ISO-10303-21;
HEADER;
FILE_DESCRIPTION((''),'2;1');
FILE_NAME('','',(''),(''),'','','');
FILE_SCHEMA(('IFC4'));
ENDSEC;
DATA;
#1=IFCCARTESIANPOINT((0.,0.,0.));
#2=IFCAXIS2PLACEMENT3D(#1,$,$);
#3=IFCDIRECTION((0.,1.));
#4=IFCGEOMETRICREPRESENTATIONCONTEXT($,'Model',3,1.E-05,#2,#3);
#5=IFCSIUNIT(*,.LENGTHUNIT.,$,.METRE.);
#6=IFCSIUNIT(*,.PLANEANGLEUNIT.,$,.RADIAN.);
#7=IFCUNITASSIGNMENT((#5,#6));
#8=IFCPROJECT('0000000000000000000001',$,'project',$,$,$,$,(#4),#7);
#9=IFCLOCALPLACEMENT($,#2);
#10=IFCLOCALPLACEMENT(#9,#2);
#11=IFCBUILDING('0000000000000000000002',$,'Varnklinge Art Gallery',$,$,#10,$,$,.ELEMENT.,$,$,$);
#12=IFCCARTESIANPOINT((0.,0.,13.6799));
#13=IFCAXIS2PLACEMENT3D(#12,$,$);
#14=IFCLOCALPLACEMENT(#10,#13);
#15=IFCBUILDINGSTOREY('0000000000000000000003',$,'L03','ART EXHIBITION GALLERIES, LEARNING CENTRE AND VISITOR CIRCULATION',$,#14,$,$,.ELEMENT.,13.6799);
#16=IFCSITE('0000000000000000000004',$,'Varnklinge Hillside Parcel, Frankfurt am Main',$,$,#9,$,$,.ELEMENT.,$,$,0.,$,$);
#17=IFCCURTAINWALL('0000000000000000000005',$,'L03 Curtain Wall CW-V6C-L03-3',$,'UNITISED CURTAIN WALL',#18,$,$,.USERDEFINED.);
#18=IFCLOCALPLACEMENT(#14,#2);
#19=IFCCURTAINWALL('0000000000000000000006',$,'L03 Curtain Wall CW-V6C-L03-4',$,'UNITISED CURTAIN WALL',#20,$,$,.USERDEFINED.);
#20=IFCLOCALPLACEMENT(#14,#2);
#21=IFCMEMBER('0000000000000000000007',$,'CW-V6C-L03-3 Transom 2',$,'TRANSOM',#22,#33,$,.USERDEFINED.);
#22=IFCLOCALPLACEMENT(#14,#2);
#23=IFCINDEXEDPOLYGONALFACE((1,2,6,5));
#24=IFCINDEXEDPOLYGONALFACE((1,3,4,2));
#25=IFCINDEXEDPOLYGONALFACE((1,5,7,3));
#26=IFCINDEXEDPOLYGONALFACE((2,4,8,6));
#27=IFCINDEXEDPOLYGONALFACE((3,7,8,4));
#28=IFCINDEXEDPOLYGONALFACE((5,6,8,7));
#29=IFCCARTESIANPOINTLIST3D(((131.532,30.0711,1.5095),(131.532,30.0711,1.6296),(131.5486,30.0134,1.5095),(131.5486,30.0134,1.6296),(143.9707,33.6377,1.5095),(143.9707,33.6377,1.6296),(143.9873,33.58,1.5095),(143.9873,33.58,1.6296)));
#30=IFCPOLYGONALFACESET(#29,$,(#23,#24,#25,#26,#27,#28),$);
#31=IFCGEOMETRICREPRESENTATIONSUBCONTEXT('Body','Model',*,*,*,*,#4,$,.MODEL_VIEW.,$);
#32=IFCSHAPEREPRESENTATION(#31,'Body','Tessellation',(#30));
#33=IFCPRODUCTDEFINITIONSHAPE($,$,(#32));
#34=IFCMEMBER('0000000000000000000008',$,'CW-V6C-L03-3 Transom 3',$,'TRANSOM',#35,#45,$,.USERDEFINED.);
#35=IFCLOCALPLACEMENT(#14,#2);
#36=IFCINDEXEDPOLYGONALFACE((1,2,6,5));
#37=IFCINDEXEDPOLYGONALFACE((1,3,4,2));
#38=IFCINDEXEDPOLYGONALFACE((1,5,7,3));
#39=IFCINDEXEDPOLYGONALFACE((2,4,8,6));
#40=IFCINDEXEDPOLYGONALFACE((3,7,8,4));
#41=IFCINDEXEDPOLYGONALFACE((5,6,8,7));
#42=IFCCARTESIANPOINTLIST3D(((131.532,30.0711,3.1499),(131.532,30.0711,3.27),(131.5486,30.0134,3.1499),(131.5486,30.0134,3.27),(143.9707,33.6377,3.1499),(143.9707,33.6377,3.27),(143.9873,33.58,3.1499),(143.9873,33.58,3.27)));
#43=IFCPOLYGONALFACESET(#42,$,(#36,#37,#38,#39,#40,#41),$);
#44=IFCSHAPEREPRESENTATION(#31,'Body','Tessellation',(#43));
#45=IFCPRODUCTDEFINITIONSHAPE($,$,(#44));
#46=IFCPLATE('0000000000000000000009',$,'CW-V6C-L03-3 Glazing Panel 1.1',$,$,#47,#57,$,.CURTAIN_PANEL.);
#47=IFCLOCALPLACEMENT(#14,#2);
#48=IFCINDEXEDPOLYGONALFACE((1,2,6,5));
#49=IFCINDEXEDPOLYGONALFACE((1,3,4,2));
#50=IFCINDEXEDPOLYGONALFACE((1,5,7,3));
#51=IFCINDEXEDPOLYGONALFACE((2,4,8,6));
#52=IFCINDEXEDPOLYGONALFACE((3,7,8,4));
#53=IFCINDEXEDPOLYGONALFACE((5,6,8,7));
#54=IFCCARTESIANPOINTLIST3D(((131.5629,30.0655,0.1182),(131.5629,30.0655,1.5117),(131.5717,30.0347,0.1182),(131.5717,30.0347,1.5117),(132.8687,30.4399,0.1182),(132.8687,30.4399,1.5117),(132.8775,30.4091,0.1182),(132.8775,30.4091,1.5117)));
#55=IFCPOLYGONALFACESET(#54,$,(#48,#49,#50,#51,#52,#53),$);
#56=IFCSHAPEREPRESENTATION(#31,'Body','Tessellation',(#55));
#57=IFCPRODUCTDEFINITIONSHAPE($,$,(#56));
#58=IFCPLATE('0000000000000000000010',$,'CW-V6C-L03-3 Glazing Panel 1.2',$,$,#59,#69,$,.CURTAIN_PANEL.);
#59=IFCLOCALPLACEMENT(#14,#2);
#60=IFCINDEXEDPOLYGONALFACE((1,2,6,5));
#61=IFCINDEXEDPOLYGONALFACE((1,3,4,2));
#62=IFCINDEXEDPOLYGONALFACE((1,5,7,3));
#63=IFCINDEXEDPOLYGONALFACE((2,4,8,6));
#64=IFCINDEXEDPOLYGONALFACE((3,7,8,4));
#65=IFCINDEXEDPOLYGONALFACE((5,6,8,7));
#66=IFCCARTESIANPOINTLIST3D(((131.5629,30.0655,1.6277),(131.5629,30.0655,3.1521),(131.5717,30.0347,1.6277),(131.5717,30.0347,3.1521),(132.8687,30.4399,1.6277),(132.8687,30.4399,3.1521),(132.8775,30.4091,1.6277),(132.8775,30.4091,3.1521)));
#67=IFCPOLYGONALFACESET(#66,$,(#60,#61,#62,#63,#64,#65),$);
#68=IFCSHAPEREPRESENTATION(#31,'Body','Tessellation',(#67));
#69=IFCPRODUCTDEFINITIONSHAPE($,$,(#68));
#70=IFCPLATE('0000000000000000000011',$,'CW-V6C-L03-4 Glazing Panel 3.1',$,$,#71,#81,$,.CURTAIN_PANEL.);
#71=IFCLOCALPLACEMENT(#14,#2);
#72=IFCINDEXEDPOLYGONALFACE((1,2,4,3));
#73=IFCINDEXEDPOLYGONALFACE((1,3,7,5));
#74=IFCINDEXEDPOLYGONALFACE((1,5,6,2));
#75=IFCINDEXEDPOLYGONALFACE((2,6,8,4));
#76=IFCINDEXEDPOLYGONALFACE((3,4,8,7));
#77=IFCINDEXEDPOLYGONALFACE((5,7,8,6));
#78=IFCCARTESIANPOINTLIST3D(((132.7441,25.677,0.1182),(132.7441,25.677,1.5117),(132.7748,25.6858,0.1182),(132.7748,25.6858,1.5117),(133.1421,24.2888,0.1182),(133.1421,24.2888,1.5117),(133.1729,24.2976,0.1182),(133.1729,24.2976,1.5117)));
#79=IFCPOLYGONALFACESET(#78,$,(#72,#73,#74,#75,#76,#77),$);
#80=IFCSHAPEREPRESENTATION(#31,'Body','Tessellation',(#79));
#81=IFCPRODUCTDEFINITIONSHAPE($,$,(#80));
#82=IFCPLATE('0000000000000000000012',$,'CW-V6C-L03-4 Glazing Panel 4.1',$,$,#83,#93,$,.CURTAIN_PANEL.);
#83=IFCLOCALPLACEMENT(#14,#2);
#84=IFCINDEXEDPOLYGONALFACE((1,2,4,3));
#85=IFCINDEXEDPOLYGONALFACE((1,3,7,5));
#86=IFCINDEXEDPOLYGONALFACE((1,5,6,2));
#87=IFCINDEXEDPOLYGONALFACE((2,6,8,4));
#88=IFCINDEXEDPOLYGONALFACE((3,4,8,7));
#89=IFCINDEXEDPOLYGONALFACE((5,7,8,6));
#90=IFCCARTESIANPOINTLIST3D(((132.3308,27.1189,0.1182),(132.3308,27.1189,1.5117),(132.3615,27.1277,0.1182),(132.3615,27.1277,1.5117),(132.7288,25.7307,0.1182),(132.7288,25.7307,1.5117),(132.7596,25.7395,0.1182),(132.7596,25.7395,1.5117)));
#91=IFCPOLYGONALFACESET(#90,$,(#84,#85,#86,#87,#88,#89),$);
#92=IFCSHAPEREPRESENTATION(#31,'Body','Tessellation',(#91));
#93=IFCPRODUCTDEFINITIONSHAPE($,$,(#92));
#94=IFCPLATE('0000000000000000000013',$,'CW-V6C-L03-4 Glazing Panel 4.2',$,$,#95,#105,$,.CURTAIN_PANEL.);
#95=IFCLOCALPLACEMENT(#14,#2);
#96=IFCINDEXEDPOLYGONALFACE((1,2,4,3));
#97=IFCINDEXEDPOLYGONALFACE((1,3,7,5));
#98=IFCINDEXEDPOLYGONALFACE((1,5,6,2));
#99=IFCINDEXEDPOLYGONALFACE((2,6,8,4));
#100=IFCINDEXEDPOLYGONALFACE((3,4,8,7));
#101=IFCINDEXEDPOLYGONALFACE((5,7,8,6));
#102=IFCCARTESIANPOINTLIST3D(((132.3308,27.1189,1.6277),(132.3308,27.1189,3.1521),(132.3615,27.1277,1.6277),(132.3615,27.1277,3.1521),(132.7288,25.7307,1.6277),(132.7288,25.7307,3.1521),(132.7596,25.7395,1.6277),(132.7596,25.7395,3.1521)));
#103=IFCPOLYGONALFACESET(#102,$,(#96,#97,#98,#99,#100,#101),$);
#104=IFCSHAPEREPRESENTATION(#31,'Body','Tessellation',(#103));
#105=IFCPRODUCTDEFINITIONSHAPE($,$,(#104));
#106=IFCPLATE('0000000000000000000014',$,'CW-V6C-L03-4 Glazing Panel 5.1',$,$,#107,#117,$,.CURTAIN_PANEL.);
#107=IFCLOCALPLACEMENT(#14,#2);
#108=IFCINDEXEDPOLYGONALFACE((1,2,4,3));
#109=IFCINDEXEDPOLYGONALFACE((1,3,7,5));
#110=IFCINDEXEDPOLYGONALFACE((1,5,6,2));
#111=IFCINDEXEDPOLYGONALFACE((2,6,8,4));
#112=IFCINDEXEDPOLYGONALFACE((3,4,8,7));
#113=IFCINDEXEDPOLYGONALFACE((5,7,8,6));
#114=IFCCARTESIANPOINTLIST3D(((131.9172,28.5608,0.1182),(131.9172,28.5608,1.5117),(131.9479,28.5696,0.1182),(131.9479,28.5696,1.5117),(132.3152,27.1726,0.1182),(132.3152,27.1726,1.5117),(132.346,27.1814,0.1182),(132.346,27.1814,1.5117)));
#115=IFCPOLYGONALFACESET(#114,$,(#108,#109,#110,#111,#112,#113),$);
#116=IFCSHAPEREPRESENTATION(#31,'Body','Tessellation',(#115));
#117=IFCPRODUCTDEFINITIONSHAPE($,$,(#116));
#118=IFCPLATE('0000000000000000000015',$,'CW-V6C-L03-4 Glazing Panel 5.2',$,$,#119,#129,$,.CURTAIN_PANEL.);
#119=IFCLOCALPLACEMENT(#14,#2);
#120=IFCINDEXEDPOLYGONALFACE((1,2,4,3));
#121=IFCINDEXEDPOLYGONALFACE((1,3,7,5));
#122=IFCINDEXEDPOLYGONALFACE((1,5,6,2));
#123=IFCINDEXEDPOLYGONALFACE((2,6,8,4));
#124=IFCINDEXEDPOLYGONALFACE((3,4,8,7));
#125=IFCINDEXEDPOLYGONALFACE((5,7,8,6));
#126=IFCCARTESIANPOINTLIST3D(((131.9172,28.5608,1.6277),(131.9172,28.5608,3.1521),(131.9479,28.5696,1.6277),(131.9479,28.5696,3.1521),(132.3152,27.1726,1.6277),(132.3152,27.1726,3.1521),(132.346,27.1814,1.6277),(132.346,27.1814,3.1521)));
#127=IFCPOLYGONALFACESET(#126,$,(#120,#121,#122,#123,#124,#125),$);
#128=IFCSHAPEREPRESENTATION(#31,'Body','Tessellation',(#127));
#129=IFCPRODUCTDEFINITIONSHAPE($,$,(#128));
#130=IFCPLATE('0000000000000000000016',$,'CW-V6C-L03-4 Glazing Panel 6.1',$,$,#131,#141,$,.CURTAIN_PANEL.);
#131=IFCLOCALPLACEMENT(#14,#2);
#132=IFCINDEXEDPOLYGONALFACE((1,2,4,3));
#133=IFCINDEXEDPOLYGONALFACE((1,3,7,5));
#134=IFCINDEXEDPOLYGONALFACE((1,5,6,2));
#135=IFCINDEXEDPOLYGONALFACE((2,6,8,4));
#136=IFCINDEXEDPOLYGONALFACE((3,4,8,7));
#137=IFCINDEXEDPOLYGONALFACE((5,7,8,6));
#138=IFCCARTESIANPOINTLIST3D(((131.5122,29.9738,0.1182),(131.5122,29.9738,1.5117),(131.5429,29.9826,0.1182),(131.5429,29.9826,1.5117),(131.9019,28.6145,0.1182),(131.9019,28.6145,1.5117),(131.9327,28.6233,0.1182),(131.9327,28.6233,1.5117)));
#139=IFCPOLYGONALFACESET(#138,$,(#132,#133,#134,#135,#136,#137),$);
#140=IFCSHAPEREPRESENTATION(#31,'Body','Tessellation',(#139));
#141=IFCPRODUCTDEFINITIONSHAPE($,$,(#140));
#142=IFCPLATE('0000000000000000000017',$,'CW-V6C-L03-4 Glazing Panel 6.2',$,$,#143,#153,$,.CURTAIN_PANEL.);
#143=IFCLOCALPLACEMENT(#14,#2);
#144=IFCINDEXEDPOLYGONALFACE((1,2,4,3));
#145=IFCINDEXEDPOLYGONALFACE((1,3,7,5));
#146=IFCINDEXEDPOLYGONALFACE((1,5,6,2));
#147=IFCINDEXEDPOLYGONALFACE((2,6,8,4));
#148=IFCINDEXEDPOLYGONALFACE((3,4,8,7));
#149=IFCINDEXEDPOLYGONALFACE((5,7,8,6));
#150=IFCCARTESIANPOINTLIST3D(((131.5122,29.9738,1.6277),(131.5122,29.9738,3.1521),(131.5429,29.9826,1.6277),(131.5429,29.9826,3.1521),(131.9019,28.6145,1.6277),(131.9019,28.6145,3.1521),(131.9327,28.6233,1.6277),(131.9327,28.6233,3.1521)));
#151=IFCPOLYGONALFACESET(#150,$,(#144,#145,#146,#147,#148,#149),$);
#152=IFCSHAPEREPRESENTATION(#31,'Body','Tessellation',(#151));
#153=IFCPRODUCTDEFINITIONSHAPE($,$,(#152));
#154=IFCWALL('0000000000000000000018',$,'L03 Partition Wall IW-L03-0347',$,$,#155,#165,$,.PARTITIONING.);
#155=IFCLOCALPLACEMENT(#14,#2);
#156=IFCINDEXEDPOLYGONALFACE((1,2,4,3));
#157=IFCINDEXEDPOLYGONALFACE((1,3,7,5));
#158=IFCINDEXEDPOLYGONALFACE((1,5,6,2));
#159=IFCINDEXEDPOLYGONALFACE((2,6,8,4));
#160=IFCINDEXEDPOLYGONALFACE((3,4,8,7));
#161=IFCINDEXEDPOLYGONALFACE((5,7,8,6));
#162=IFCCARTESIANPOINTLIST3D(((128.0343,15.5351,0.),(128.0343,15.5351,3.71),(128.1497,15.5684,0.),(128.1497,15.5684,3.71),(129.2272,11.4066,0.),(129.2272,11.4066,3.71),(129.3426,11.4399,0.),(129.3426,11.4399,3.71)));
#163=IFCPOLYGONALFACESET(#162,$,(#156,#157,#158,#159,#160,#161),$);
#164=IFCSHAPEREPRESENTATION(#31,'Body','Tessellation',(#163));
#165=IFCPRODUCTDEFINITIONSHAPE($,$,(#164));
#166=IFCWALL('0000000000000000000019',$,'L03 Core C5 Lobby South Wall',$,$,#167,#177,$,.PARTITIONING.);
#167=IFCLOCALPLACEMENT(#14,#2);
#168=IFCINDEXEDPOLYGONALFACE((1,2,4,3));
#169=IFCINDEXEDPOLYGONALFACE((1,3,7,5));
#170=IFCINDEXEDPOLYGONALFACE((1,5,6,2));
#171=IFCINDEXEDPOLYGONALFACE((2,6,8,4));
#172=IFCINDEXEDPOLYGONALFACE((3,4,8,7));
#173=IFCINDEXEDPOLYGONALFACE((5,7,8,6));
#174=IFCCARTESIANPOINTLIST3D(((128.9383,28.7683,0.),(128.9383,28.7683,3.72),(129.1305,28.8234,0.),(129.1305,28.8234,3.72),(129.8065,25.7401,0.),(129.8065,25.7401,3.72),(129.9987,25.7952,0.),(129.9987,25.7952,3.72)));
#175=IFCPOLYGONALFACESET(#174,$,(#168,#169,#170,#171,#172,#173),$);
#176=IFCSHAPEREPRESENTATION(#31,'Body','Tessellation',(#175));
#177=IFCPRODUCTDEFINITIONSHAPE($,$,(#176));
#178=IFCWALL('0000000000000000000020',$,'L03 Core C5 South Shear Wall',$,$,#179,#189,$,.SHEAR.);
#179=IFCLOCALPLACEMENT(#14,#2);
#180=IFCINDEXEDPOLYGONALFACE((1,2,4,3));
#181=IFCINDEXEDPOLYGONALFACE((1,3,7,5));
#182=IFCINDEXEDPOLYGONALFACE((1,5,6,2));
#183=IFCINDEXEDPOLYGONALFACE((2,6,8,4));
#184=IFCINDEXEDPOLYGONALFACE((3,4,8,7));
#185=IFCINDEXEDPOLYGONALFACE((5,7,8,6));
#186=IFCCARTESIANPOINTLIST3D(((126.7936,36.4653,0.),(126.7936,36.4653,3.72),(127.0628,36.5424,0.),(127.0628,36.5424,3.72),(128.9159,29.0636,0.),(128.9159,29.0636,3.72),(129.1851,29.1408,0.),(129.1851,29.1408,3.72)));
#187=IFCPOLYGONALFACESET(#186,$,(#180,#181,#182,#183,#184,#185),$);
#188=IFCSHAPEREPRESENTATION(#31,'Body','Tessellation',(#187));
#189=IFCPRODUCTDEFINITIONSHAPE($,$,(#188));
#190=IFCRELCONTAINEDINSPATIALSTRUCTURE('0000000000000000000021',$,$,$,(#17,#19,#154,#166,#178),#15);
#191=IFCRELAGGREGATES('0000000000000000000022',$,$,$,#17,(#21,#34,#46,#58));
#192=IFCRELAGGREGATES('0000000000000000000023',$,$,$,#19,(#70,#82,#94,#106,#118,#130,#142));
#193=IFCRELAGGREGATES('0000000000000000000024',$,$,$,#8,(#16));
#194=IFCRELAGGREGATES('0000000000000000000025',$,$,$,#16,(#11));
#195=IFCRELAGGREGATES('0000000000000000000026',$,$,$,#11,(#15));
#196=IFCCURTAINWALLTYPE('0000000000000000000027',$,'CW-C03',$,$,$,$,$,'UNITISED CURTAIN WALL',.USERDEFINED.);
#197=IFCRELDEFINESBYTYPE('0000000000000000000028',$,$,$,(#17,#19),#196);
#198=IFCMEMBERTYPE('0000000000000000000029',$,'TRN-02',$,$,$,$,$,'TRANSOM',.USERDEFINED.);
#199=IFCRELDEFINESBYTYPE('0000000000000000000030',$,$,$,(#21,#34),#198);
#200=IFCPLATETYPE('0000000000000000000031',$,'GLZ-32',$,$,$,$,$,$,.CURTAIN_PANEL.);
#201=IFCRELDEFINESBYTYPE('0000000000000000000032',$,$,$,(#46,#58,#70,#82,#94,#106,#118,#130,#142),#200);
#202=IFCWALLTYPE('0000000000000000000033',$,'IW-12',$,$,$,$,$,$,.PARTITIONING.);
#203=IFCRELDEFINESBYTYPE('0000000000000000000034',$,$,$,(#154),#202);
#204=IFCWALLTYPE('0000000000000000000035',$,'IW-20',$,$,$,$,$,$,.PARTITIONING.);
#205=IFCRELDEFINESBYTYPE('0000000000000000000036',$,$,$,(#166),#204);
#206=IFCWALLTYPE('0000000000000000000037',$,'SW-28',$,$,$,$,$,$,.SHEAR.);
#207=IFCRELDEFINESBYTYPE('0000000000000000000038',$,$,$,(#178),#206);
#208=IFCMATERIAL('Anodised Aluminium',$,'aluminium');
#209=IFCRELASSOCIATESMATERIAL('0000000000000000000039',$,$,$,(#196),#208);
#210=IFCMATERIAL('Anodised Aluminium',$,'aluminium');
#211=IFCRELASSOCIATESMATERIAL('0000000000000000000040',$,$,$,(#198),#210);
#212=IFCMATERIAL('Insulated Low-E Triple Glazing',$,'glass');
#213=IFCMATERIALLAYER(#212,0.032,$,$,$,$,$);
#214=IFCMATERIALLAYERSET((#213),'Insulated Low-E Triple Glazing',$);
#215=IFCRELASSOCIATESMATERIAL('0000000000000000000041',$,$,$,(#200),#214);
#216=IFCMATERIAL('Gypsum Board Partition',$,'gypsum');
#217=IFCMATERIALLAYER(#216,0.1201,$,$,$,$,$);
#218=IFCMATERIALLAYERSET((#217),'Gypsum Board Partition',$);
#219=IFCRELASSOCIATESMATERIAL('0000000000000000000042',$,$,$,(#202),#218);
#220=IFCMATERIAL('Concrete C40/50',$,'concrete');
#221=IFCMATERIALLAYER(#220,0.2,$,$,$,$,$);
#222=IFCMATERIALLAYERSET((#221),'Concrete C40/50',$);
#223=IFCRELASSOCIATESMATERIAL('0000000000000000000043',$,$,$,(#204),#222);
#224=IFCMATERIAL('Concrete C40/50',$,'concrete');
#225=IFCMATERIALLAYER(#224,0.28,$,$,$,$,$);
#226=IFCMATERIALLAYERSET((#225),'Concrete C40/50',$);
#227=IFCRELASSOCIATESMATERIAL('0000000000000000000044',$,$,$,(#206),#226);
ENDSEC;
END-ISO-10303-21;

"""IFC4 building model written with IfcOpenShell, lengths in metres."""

from ifc_helpers import new_model, si_unit, direction, frame, frame_2d, origin, origin_2d, place, context, subcontext, project, spatial, rectangle, extrude, material, layer, layer_set, material_profile, profile_set, type_object, element, aggregate, save


model = new_model("IFC4")

# Units and contexts
model_context = context("Model", 3, precision=1e-05, world=origin(), true_north=direction((0.0, 1.0)))
body_context = subcontext(model_context, "Body", "Model", "MODEL_VIEW")
ifc_project = project(units=[si_unit("LENGTHUNIT", "METRE"), si_unit("PLANEANGLEUNIT", "RADIAN")], contexts=[model_context])

# Site, building, storey
site_placement = place(None, origin())
site = spatial("IfcSite", under=ifc_project, at=site_placement, Name="Varnklinge Hillside Parcel, Frankfurt am Main", CompositionType="ELEMENT", RefElevation=0.0)
building_placement = place(site_placement, origin())
building = spatial("IfcBuilding", under=site, at=building_placement, Name="Varnklinge Art Gallery", CompositionType="ELEMENT")
storey_placement = place(building_placement, frame((0.0, 0.0, 13.6799)))
storey = spatial("IfcBuildingStorey", under=building, at=storey_placement, Name="L03", Description="ART EXHIBITION GALLERIES, LEARNING CENTRE AND VISITOR CIRCULATION", CompositionType="ELEMENT", Elevation=13.6799)

# Curtain walls
ifc_material_1 = material(Name="Anodised Aluminium", Category="aluminium")
curtain_wall_type = type_object("IfcCurtainWallType", Name="CW-C03", ElementType="UNITISED CURTAIN WALL", PredefinedType="USERDEFINED", material=ifc_material_1)
curtain_wall_1_placement = place(storey_placement, origin())
curtain_wall_1 = element("IfcCurtainWall", 1, at=curtain_wall_1_placement, inside=storey, type_object=curtain_wall_type, Name="L03 Curtain Wall CW-V6C-L03-3", ObjectType="UNITISED CURTAIN WALL", PredefinedType="USERDEFINED")
curtain_wall_2_placement = place(storey_placement, origin())
curtain_wall_2 = element("IfcCurtainWall", 2, at=curtain_wall_2_placement, inside=storey, type_object=curtain_wall_type, Name="L03 Curtain Wall CW-V6C-L03-4", ObjectType="UNITISED CURTAIN WALL", PredefinedType="USERDEFINED")

# Members
ifc_material_2 = material(Name="Anodised Aluminium", Category="aluminium")
ifc_material_profile_1 = material_profile(ifc_material_2, rectangle(XDim=0.0601, YDim=0.1201, at=origin_2d()), Name="ALU 60x120")
ifc_profile_set_1 = profile_set([ifc_material_profile_1], Name="Anodised Aluminium")
member_type_1 = type_object("IfcMemberType", Name="TRN-02", ElementType="TRANSOM", PredefinedType="USERDEFINED", material=ifc_profile_set_1)
member_1_placement = place(storey_placement, frame((131.5403, 30.0422, 1.5696), z_axis=(0.961264, 0.275631, 0.0), x_axis=(-0.275631, 0.961264, 0.0)))
member_1 = element("IfcMember", 3, at=member_1_placement, type_object=member_type_1, Name="CW-V6C-L03-3 Transom 2", ObjectType="TRANSOM", PredefinedType="USERDEFINED", context=body_context, shape_type="SweptSolid", body=[
    extrude(rectangle(XDim=0.0601, YDim=0.1201, at=origin_2d()), origin(), (0.0, 0.0, 1.0), 12.9399),
])
member_2_placement = place(storey_placement, frame((131.5403, 30.0422, 3.21), z_axis=(0.961264, 0.275631, 0.0), x_axis=(-0.275631, 0.961264, 0.0)))
member_2 = element("IfcMember", 4, at=member_2_placement, type_object=member_type_1, Name="CW-V6C-L03-3 Transom 3", ObjectType="TRANSOM", PredefinedType="USERDEFINED", context=body_context, shape_type="SweptSolid", body=[
    extrude(rectangle(XDim=0.0601, YDim=0.1201, at=origin_2d()), origin(), (0.0, 0.0, 1.0), 12.9399),
])

# Plates
ifc_material_3 = material(Name="Insulated Low-E Triple Glazing", Category="glass")
ifc_layer_1 = layer(ifc_material_3, 0.032)
ifc_layer_set_1 = layer_set([ifc_layer_1], Name="Insulated Low-E Triple Glazing")
plate_type = type_object("IfcPlateType", Name="GLZ-32", PredefinedType="CURTAIN_PANEL", material=ifc_layer_set_1)
plate_1_placement = place(storey_placement, frame((132.2202, 30.2373, 0.1182), z_axis=(0.0, 0.0, 1.0), x_axis=(0.961262, 0.275637, 0.0)))
plate_1 = element("IfcPlate", 5, at=plate_1_placement, type_object=plate_type, Name="CW-V6C-L03-3 Glazing Panel 1.1", PredefinedType="CURTAIN_PANEL", context=body_context, shape_type="SweptSolid", body=[
    extrude(rectangle(XDim=1.3584, YDim=0.032, at=origin_2d()), origin(), (0.0, 0.0, 1.0), 1.3936),
])
plate_2_placement = place(storey_placement, frame((132.2202, 30.2373, 1.6277), z_axis=(0.0, 0.0, 1.0), x_axis=(0.961262, 0.275637, 0.0)))
plate_2 = element("IfcPlate", 6, at=plate_2_placement, type_object=plate_type, Name="CW-V6C-L03-3 Glazing Panel 1.2", PredefinedType="CURTAIN_PANEL", context=body_context, shape_type="SweptSolid", body=[
    extrude(rectangle(XDim=1.3584, YDim=0.032, at=origin_2d()), origin(), (0.0, 0.0, 1.0), 1.5244),
])
aggregate(curtain_wall_1, [member_1, member_2, plate_1, plate_2])
plate_3_placement = place(storey_placement, frame((132.9585, 24.9873, 0.1182), z_axis=(0.0, 0.0, 1.0), x_axis=(-0.275637, 0.961262, 0.0)))
plate_3 = element("IfcPlate", 7, at=plate_3_placement, type_object=plate_type, Name="CW-V6C-L03-4 Glazing Panel 3.1", PredefinedType="CURTAIN_PANEL", context=body_context, shape_type="SweptSolid", body=[
    extrude(rectangle(XDim=1.4441, YDim=0.032, at=origin_2d()), origin(), (0.0, 0.0, 1.0), 1.3936),
])
plate_4_placement = place(storey_placement, frame((132.5452, 26.4292, 0.1182), z_axis=(0.0, 0.0, 1.0), x_axis=(-0.275637, 0.961262, 0.0)))
plate_4 = element("IfcPlate", 8, at=plate_4_placement, type_object=plate_type, Name="CW-V6C-L03-4 Glazing Panel 4.1", PredefinedType="CURTAIN_PANEL", context=body_context, shape_type="SweptSolid", body=[
    extrude(rectangle(XDim=1.4441, YDim=0.032, at=origin_2d()), origin(), (0.0, 0.0, 1.0), 1.3936),
])
plate_5_placement = place(storey_placement, frame((132.5452, 26.4292, 1.6277), z_axis=(0.0, 0.0, 1.0), x_axis=(-0.275637, 0.961262, 0.0)))
plate_5 = element("IfcPlate", 9, at=plate_5_placement, type_object=plate_type, Name="CW-V6C-L03-4 Glazing Panel 4.2", PredefinedType="CURTAIN_PANEL", context=body_context, shape_type="SweptSolid", body=[
    extrude(rectangle(XDim=1.4441, YDim=0.032, at=origin_2d()), origin(), (0.0, 0.0, 1.0), 1.5244),
])
plate_6_placement = place(storey_placement, frame((132.1316, 27.8711, 0.1182), z_axis=(0.0, 0.0, 1.0), x_axis=(-0.275637, 0.961262, 0.0)))
plate_6 = element("IfcPlate", 10, at=plate_6_placement, type_object=plate_type, Name="CW-V6C-L03-4 Glazing Panel 5.1", PredefinedType="CURTAIN_PANEL", context=body_context, shape_type="SweptSolid", body=[
    extrude(rectangle(XDim=1.4441, YDim=0.032, at=origin_2d()), origin(), (0.0, 0.0, 1.0), 1.3936),
])
plate_7_placement = place(storey_placement, frame((132.1316, 27.8711, 1.6277), z_axis=(0.0, 0.0, 1.0), x_axis=(-0.275637, 0.961262, 0.0)))
plate_7 = element("IfcPlate", 11, at=plate_7_placement, type_object=plate_type, Name="CW-V6C-L03-4 Glazing Panel 5.2", PredefinedType="CURTAIN_PANEL", context=body_context, shape_type="SweptSolid", body=[
    extrude(rectangle(XDim=1.4441, YDim=0.032, at=origin_2d()), origin(), (0.0, 0.0, 1.0), 1.5244),
])
plate_8_placement = place(storey_placement, frame((131.7224, 29.2986, 0.1182), z_axis=(0.0, 0.0, 1.0), x_axis=(-0.275637, 0.961262, 0.0)))
plate_8 = element("IfcPlate", 12, at=plate_8_placement, type_object=plate_type, Name="CW-V6C-L03-4 Glazing Panel 6.1", PredefinedType="CURTAIN_PANEL", context=body_context, shape_type="SweptSolid", body=[
    extrude(rectangle(XDim=1.4141, YDim=0.032, at=origin_2d()), origin(), (0.0, 0.0, 1.0), 1.3936),
])
plate_9_placement = place(storey_placement, frame((131.7224, 29.2986, 1.6277), z_axis=(0.0, 0.0, 1.0), x_axis=(-0.275637, 0.961262, 0.0)))
plate_9 = element("IfcPlate", 13, at=plate_9_placement, type_object=plate_type, Name="CW-V6C-L03-4 Glazing Panel 6.2", PredefinedType="CURTAIN_PANEL", context=body_context, shape_type="SweptSolid", body=[
    extrude(rectangle(XDim=1.4141, YDim=0.032, at=origin_2d()), origin(), (0.0, 0.0, 1.0), 1.5244),
])
aggregate(curtain_wall_2, [plate_3, plate_4, plate_5, plate_6, plate_7, plate_8, plate_9])

# Walls
ifc_material_4 = material(Name="Gypsum Board Partition", Category="gypsum")
ifc_layer_2 = layer(ifc_material_4, 0.1201)
ifc_layer_set_2 = layer_set([ifc_layer_2], Name="Gypsum Board Partition")
wall_type_1 = type_object("IfcWallType", Name="IW-12", PredefinedType="PARTITIONING", material=ifc_layer_set_2)
wall_1_placement = place(storey_placement, frame((128.092, 15.5518, 0.0), z_axis=(0.0, 0.0, 1.0), x_axis=(0.277586, -0.960701, 0.0)))
element("IfcWall", 14, at=wall_1_placement, inside=storey, type_object=wall_type_1, Name="L03 Partition Wall IW-L03-0347", PredefinedType="PARTITIONING", context=body_context, shape_type="SweptSolid", body=[
    extrude(rectangle(XDim=4.2974, YDim=0.1201, at=frame_2d((2.1487, 0.0))), origin(), (0.0, 0.0, 1.0), 3.71),
])
ifc_material_5 = material(Name="Concrete C40/50", Category="concrete")
ifc_layer_3 = layer(ifc_material_5, 0.2)
ifc_layer_set_3 = layer_set([ifc_layer_3], Name="Concrete C40/50")
wall_type_2 = type_object("IfcWallType", Name="IW-20", PredefinedType="PARTITIONING", material=ifc_layer_set_3)
wall_2_placement = place(storey_placement, frame((129.9026, 25.7676, 0.0), z_axis=(0.0, 0.0, 1.0), x_axis=(-0.275601, 0.961272, 0.0)))
element("IfcWall", 15, at=wall_2_placement, inside=storey, type_object=wall_type_2, Name="L03 Core C5 Lobby South Wall", PredefinedType="PARTITIONING", context=body_context, shape_type="SweptSolid", body=[
    extrude(rectangle(XDim=3.1501, YDim=0.2, at=frame_2d((1.5752, 0.0))), origin(), (0.0, 0.0, 1.0), 3.72),
])

# Wall
ifc_material_6 = material(Name="Concrete C40/50", Category="concrete")
ifc_layer_4 = layer(ifc_material_6, 0.28)
ifc_layer_set_4 = layer_set([ifc_layer_4], Name="Concrete C40/50")
wall_type_3 = type_object("IfcWallType", Name="SW-28", PredefinedType="SHEAR", material=ifc_layer_set_4)
wall_3_placement = place(storey_placement, frame((129.0505, 29.1021, 0.0), z_axis=(0.0, 0.0, 1.0), x_axis=(-0.27563, 0.961264, 0.0)))
element("IfcWall", 16, at=wall_3_placement, inside=storey, type_object=wall_type_3, Name="L03 Core C5 South Shear Wall", PredefinedType="SHEAR", context=body_context, shape_type="SweptSolid", body=[
    extrude(rectangle(XDim=7.7, YDim=0.28, at=frame_2d((3.8501, 0.0))), origin(), (0.0, 0.0, 1.0), 3.72),
])

save(model, "model.ifc")
